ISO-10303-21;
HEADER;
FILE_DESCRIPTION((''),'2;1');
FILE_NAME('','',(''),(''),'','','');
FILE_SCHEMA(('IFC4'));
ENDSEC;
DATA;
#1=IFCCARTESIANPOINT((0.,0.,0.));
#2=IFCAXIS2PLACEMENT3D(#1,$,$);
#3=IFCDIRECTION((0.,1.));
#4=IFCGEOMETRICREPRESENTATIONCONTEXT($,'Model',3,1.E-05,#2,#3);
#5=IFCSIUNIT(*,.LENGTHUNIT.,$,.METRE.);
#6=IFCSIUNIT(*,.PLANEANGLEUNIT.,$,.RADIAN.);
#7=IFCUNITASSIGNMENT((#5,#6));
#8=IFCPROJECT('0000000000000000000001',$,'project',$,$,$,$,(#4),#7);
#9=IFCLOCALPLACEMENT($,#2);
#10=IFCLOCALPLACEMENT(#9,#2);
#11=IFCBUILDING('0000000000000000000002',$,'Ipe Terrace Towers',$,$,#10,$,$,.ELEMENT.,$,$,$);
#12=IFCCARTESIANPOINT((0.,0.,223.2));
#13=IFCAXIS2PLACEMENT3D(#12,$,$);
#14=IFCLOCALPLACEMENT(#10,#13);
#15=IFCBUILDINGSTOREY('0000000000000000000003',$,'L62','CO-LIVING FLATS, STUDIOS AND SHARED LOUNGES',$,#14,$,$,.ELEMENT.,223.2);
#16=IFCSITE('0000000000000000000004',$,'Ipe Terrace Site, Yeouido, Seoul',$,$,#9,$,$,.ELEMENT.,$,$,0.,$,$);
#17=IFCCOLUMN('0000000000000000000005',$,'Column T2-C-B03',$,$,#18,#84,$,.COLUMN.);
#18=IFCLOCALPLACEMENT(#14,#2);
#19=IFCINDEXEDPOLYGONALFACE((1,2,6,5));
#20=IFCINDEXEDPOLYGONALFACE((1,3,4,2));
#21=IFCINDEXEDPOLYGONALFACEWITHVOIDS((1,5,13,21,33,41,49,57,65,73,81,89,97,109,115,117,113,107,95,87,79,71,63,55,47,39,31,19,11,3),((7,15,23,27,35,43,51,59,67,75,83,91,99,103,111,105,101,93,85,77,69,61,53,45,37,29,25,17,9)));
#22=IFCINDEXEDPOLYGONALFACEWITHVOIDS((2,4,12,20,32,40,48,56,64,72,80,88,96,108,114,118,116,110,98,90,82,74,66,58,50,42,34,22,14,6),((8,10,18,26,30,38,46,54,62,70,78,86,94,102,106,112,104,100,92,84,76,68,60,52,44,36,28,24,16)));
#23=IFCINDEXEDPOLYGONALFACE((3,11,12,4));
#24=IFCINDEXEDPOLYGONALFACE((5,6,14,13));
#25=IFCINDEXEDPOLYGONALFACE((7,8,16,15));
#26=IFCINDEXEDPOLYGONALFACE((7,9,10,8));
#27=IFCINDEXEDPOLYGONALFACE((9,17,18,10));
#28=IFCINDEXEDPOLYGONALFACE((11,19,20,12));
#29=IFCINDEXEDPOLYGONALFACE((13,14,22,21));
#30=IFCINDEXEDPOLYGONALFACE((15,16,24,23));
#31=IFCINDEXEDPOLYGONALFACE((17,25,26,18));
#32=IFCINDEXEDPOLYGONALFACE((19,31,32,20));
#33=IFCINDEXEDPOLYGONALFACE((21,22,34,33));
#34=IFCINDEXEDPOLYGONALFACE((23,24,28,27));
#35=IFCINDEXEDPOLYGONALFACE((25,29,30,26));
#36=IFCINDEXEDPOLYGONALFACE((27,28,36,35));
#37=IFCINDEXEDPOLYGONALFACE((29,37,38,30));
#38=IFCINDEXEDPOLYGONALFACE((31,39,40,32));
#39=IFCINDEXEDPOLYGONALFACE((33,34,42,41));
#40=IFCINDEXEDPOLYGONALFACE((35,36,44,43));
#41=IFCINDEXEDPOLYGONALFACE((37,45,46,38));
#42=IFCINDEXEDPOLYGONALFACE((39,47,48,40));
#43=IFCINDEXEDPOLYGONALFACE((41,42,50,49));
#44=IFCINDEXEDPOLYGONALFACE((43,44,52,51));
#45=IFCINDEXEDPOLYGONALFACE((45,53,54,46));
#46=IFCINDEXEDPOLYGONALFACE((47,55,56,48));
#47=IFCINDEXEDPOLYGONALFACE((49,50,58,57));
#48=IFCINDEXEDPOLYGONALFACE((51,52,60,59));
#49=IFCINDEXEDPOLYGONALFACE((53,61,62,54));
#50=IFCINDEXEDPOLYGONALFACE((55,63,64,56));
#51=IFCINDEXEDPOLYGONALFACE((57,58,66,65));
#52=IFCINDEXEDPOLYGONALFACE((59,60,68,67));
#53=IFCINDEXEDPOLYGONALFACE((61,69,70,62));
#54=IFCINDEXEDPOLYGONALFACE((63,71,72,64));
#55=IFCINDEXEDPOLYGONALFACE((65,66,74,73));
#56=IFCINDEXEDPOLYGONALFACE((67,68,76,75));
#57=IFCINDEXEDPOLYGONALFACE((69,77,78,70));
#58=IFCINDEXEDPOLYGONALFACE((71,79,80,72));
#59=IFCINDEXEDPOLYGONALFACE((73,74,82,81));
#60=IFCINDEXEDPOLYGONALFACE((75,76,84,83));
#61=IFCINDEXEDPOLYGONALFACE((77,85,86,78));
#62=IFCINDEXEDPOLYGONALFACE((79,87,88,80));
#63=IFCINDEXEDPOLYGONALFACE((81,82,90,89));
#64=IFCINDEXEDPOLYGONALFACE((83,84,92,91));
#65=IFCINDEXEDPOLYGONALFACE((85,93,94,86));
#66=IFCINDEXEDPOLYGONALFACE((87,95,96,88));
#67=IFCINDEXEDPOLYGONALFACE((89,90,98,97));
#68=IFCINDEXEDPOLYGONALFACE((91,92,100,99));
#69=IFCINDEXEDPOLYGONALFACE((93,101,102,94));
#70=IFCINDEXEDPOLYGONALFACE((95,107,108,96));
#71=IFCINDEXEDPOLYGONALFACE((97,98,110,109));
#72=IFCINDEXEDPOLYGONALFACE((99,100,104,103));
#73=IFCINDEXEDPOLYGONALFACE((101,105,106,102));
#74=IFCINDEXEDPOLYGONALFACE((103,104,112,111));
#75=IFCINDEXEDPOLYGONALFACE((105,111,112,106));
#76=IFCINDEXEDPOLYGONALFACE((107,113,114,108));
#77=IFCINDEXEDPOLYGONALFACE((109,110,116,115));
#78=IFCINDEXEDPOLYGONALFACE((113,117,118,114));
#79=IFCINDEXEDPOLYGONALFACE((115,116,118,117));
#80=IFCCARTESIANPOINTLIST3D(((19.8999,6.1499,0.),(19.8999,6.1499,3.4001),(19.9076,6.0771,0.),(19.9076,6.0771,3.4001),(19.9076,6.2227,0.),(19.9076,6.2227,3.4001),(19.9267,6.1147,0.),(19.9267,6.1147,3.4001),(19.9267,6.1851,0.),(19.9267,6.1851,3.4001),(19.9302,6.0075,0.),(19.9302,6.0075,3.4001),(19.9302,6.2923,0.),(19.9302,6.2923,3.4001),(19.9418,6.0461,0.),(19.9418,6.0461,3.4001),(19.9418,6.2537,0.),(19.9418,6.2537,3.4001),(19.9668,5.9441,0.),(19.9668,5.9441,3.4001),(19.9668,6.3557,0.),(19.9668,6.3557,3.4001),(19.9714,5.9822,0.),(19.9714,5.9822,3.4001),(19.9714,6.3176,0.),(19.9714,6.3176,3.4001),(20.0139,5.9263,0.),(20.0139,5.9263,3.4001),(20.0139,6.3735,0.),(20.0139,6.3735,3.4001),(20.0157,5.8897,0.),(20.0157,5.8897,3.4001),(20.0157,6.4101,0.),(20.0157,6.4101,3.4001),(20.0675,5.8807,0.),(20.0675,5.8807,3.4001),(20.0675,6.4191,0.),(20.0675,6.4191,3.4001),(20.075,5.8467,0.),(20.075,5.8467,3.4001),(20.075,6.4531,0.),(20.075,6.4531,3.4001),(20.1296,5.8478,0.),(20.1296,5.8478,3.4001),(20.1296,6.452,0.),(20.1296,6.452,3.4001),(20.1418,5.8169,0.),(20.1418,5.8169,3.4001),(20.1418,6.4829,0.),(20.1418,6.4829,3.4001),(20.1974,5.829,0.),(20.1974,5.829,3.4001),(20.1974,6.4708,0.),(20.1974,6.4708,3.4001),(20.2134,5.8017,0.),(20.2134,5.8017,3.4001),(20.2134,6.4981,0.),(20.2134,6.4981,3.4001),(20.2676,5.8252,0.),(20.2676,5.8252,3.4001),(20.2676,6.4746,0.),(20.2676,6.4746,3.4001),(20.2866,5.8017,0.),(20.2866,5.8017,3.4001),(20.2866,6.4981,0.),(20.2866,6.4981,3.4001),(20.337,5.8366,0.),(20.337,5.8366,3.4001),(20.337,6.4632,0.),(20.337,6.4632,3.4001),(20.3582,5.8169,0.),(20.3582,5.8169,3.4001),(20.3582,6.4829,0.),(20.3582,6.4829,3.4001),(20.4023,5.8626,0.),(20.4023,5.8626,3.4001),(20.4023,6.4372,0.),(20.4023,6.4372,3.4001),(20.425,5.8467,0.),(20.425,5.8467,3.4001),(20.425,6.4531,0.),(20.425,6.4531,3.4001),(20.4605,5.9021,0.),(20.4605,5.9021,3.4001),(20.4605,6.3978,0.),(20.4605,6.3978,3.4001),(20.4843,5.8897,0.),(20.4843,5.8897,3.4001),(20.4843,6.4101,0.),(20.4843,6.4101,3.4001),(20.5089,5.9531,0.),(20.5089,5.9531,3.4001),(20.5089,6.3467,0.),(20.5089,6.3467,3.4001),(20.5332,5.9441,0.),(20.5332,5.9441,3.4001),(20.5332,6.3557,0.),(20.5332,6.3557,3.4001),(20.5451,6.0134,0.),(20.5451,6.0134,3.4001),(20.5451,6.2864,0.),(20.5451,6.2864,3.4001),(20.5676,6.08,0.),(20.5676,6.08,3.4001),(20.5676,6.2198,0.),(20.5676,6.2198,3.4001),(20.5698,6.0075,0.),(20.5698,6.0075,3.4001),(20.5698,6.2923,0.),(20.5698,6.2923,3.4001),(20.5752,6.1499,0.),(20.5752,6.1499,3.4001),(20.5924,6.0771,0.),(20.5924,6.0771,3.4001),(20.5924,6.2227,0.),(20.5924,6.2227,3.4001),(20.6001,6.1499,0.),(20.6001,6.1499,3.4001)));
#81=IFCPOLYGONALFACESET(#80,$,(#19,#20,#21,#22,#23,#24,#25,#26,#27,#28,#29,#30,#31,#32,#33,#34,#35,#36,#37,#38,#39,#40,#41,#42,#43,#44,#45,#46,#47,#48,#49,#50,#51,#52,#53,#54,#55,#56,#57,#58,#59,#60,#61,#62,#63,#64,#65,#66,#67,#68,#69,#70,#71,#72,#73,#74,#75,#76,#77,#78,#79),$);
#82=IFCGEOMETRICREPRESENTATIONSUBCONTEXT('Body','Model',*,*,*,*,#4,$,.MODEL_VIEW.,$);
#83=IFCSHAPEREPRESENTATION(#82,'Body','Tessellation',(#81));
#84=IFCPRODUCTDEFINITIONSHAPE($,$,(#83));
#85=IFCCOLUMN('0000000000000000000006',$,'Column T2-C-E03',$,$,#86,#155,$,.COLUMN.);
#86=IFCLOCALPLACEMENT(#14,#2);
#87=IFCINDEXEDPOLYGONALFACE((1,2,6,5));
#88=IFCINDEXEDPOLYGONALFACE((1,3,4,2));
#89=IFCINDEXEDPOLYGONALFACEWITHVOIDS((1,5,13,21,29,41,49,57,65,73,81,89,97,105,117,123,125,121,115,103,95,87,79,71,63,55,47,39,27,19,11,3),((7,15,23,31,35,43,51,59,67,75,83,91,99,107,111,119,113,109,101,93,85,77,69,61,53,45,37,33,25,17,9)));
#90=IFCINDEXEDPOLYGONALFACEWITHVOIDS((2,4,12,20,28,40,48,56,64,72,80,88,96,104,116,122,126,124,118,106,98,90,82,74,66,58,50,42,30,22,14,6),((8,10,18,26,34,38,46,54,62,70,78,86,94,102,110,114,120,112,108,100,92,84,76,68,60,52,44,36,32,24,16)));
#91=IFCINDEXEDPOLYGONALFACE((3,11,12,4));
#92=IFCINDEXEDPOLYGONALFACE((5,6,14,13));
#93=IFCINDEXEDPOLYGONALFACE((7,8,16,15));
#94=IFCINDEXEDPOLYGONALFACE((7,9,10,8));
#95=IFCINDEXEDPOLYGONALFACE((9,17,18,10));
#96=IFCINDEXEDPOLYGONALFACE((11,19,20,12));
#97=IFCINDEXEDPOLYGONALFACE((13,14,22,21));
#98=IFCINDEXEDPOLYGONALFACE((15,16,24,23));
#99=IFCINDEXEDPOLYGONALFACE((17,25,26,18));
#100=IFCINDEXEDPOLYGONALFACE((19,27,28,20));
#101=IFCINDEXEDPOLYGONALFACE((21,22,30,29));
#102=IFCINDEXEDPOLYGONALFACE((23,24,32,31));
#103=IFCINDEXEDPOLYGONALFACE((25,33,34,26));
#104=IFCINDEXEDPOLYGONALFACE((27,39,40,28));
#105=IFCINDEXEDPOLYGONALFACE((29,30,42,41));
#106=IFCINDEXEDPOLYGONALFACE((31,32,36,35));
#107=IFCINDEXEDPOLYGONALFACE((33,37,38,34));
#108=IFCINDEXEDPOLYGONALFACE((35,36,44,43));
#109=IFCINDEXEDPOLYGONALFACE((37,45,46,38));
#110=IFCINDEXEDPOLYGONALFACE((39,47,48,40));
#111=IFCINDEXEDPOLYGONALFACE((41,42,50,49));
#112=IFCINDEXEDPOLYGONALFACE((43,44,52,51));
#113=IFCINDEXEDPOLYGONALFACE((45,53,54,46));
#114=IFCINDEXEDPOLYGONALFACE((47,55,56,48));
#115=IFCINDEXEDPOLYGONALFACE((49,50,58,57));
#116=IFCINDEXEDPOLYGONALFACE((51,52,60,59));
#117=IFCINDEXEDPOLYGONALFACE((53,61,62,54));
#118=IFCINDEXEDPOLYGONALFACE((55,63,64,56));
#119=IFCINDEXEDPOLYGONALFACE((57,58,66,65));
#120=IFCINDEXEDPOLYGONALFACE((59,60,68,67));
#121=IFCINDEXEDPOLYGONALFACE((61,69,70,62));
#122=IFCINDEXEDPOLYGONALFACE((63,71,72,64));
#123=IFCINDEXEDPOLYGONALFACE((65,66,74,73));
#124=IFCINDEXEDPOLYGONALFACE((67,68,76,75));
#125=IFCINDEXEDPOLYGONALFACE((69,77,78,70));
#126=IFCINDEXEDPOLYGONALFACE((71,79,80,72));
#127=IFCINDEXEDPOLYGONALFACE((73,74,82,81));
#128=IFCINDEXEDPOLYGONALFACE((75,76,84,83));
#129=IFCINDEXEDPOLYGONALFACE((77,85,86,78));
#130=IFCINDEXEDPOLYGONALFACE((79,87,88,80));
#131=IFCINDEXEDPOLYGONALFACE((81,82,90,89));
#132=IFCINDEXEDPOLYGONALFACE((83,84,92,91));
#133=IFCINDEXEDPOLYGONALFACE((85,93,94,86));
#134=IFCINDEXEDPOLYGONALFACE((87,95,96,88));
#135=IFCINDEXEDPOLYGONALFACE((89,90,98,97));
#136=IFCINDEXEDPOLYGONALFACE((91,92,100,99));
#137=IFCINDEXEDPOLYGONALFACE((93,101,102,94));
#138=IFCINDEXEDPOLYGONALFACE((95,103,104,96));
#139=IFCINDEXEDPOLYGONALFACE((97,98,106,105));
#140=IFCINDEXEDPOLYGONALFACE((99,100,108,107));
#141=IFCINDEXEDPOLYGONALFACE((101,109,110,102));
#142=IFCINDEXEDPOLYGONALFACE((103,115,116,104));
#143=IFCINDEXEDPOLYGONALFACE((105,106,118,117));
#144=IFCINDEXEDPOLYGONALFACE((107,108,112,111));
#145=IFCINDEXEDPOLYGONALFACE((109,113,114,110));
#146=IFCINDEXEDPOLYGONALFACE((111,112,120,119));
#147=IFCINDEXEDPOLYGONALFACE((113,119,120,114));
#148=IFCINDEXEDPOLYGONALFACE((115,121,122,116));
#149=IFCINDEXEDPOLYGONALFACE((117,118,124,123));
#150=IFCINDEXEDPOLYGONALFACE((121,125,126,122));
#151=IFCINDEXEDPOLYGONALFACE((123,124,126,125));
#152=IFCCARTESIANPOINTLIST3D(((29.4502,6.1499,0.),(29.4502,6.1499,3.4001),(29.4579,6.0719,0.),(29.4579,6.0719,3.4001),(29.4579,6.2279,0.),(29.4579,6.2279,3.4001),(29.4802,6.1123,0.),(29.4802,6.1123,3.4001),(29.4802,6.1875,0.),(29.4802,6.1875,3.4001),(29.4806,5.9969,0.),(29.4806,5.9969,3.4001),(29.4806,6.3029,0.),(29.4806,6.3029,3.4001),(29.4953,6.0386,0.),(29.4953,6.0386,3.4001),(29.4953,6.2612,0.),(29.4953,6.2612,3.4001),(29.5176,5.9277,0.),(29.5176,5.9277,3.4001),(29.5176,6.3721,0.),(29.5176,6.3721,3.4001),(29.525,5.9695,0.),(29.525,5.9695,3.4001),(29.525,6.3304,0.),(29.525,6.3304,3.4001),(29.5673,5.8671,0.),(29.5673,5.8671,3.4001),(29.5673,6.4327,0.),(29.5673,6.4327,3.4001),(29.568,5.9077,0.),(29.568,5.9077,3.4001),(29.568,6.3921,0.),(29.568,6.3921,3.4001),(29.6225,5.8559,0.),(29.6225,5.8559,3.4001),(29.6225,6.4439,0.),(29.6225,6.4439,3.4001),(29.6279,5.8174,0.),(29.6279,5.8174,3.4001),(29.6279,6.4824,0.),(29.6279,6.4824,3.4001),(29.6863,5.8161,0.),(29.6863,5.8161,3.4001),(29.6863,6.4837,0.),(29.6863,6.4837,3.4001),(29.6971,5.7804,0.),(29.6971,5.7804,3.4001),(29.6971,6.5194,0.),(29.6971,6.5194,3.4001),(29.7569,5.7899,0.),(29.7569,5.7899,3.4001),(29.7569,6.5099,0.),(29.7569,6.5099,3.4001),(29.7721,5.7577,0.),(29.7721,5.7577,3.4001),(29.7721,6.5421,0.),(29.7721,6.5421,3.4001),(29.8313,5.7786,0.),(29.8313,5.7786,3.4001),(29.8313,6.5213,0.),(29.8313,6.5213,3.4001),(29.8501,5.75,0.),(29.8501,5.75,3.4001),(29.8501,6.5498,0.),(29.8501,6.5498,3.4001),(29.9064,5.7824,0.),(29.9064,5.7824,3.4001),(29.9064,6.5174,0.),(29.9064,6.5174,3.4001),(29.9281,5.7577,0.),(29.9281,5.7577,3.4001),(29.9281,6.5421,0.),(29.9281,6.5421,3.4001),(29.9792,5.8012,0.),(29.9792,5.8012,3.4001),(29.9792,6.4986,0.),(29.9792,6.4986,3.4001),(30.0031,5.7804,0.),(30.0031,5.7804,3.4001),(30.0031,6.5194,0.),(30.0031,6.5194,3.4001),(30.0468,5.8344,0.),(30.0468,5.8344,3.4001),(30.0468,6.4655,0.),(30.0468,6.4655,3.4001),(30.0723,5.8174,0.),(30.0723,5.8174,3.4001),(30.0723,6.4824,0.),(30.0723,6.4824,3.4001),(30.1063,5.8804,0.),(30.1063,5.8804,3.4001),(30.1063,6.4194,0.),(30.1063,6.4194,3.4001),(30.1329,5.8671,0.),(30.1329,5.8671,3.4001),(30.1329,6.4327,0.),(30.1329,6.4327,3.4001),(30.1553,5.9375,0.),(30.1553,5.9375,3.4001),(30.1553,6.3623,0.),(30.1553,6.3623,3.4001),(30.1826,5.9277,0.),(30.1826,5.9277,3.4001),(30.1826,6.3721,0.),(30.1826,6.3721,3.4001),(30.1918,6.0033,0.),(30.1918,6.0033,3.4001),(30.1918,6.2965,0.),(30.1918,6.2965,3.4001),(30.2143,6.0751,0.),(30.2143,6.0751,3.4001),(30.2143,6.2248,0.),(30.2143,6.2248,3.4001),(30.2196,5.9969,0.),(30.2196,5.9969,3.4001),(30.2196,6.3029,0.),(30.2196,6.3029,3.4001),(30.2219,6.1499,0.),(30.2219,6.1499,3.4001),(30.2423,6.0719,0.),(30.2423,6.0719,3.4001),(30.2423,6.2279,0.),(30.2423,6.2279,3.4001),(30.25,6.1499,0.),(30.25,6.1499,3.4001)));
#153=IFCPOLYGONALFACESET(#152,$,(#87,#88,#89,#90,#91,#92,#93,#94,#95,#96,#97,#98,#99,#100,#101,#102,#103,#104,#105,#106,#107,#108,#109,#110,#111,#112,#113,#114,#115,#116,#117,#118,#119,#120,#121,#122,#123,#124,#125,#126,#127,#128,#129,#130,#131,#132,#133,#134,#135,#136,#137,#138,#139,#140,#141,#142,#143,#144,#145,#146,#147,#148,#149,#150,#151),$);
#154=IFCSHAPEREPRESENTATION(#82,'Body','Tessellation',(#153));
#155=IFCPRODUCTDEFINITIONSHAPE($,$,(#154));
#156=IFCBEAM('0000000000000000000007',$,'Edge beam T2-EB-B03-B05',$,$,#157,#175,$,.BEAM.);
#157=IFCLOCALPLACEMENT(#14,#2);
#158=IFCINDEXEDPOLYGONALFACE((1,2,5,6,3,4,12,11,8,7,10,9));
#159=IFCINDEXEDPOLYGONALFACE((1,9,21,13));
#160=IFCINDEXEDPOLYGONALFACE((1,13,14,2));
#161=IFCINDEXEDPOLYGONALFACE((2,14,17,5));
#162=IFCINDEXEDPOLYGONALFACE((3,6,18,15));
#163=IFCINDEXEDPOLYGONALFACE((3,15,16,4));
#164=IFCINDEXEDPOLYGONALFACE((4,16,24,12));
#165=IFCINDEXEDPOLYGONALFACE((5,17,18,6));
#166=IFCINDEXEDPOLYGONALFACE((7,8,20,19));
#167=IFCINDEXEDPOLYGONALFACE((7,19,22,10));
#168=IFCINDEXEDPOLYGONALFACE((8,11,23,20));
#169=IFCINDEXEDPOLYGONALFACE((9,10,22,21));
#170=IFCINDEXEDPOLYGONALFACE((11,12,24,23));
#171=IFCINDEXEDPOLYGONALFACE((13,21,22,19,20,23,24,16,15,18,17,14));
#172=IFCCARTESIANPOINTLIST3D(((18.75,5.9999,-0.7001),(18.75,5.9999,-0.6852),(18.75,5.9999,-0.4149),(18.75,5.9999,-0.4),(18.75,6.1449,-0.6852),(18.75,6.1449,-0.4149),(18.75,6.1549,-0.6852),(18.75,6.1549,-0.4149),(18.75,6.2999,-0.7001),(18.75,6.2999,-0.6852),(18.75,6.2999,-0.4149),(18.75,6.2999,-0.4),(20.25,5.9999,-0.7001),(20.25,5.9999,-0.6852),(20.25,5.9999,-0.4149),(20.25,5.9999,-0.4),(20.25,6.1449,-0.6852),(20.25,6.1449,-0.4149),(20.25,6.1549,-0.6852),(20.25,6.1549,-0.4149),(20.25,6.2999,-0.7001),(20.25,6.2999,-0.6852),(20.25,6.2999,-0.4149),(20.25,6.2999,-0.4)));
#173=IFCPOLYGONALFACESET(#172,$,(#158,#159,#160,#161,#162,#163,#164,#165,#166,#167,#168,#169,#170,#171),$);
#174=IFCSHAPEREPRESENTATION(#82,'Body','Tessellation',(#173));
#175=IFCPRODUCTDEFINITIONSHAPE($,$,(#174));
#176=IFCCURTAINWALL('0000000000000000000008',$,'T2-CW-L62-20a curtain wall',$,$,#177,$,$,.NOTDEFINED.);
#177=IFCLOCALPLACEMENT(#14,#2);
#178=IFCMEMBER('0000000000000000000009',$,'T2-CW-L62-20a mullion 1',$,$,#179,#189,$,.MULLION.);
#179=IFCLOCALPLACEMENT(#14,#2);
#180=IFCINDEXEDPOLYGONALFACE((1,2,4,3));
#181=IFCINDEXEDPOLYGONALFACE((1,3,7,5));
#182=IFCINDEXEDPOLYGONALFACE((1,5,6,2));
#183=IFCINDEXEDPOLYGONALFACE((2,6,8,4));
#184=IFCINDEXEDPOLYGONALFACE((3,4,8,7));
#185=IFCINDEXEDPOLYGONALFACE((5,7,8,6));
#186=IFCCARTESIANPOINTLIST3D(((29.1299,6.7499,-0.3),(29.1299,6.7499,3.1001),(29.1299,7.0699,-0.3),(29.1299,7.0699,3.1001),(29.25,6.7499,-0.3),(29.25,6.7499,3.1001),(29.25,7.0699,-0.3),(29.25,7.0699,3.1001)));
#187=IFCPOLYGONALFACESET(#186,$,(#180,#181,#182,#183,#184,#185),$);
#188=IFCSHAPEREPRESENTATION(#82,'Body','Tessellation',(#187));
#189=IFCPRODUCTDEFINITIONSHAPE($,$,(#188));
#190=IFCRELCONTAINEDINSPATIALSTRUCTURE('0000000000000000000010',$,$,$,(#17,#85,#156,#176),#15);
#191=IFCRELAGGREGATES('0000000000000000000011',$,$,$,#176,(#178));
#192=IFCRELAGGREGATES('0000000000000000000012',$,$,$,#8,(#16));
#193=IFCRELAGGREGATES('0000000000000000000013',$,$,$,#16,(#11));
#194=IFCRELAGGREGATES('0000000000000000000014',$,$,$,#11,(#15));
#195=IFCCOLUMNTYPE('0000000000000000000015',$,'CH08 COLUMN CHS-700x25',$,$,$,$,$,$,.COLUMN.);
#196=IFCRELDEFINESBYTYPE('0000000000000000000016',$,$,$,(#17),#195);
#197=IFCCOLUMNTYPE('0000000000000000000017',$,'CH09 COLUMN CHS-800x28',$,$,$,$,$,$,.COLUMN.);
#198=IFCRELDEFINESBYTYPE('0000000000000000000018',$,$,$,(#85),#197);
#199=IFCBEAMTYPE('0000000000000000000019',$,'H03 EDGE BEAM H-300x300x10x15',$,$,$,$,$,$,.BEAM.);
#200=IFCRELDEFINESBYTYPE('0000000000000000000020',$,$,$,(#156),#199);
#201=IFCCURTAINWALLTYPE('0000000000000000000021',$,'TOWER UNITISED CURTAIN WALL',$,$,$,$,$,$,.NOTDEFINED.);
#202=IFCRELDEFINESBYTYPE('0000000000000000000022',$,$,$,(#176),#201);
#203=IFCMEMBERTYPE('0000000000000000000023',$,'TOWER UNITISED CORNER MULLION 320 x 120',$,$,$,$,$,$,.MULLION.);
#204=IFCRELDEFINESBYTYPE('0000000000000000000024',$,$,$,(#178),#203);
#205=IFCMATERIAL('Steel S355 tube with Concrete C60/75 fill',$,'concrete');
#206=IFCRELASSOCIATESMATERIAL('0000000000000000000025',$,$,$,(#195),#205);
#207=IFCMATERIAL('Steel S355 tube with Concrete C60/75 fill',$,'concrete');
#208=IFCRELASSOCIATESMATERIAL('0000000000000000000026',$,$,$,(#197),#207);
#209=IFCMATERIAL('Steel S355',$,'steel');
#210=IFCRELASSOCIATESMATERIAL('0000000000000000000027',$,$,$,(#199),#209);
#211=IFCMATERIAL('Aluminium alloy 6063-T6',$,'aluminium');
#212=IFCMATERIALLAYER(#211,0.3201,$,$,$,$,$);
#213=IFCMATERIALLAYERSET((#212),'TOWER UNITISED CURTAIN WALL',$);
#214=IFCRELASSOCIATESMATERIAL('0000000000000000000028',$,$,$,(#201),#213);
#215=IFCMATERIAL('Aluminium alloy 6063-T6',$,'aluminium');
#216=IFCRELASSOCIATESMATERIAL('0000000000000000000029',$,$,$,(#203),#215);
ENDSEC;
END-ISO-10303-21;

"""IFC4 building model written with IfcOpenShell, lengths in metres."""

from ifc_helpers import new_model, si_unit, direction, frame, origin, origin_2d, place, context, subcontext, project, spatial, rectangle, hollow_circle, i_section, extrude, material, layer, layer_set, material_profile, profile_set, type_object, element, aggregate, save


model = new_model("IFC4")

# Units and contexts
model_context = context("Model", 3, precision=1e-05, world=origin(), true_north=direction((0.0, 1.0)))
body_context = subcontext(model_context, "Body", "Model", "MODEL_VIEW")
ifc_project = project(units=[si_unit("LENGTHUNIT", "METRE"), si_unit("PLANEANGLEUNIT", "RADIAN")], contexts=[model_context])

# Site, building, storey
site_placement = place(None, origin())
site = spatial("IfcSite", under=ifc_project, at=site_placement, Name="Ipe Terrace Site, Yeouido, Seoul", CompositionType="ELEMENT", RefElevation=0.0)
building_placement = place(site_placement, origin())
building = spatial("IfcBuilding", under=site, at=building_placement, Name="Ipe Terrace Towers", CompositionType="ELEMENT")
storey_placement = place(building_placement, frame((0.0, 0.0, 223.2)))
storey = spatial("IfcBuildingStorey", under=building, at=storey_placement, Name="L62", Description="CO-LIVING FLATS, STUDIOS AND SHARED LOUNGES", CompositionType="ELEMENT", Elevation=223.2)

# Columns
ifc_material_1 = material(Name="Steel S355 tube with Concrete C60/75 fill", Category="concrete")
ifc_material_profile_1 = material_profile(ifc_material_1, hollow_circle(Radius=0.3501, WallThickness=0.0249, at=origin_2d()), Name="CHS-700x25")
ifc_profile_set_1 = profile_set([ifc_material_profile_1], Name="Steel S355 tube with Concrete C60/75 fill")
column_type_1 = type_object("IfcColumnType", Name="CH08 COLUMN CHS-700x25", PredefinedType="COLUMN", material=ifc_profile_set_1)
column_1_placement = place(storey_placement, frame((20.25, 6.1499, 0.0), z_axis=(0.0, 0.0, 1.0), x_axis=(1.0, 0.0, 0.0)))
element("IfcColumn", 1, at=column_1_placement, inside=storey, type_object=column_type_1, Name="Column T2-C-B03", PredefinedType="COLUMN", context=body_context, shape_type="SweptSolid", body=[
    extrude(hollow_circle(Radius=0.3501, WallThickness=0.0249, at=origin_2d()), origin(), (0.0, 0.0, 1.0), 3.4001),
])
ifc_material_2 = material(Name="Steel S355 tube with Concrete C60/75 fill", Category="concrete")
ifc_material_profile_2 = material_profile(ifc_material_2, hollow_circle(Radius=0.3999, WallThickness=0.0281, at=origin_2d()), Name="CHS-800x28")
ifc_profile_set_2 = profile_set([ifc_material_profile_2], Name="Steel S355 tube with Concrete C60/75 fill")
column_type_2 = type_object("IfcColumnType", Name="CH09 COLUMN CHS-800x28", PredefinedType="COLUMN", material=ifc_profile_set_2)
column_2_placement = place(storey_placement, frame((29.8501, 6.1499, 0.0), z_axis=(0.0, 0.0, 1.0), x_axis=(1.0, 0.0, 0.0)))
element("IfcColumn", 2, at=column_2_placement, inside=storey, type_object=column_type_2, Name="Column T2-C-E03", PredefinedType="COLUMN", context=body_context, shape_type="SweptSolid", body=[
    extrude(hollow_circle(Radius=0.3999, WallThickness=0.0281, at=origin_2d()), origin(), (0.0, 0.0, 1.0), 3.4001),
])

# Beam
ifc_material_3 = material(Name="Steel S355", Category="steel")
ifc_material_profile_3 = material_profile(ifc_material_3, i_section(OverallWidth=0.3, OverallDepth=0.3, WebThickness=0.01, FlangeThickness=0.0149, at=origin_2d()), Name="H-300x300x10x15")
ifc_profile_set_3 = profile_set([ifc_material_profile_3], Name="Steel S355")
beam_type = type_object("IfcBeamType", Name="H03 EDGE BEAM H-300x300x10x15", PredefinedType="BEAM", material=ifc_profile_set_3)
beam_placement = place(storey_placement, frame((20.25, 6.1499, -0.55), z_axis=(-1.0, 0.0, 0.0), x_axis=(0.0, -1.0, 0.0)))
element("IfcBeam", 3, at=beam_placement, inside=storey, type_object=beam_type, Name="Edge beam T2-EB-B03-B05", PredefinedType="BEAM", context=body_context, shape_type="SweptSolid", body=[
    extrude(i_section(OverallWidth=0.3, OverallDepth=0.3, WebThickness=0.01, FlangeThickness=0.0149, at=origin_2d()), origin(), (0.0, 0.0, 1.0), 1.5),
])

# Curtain wall, member
ifc_material_4 = material(Name="Aluminium alloy 6063-T6", Category="aluminium")
ifc_layer_1 = layer(ifc_material_4, 0.3201)
ifc_layer_set_1 = layer_set([ifc_layer_1], Name="TOWER UNITISED CURTAIN WALL")
curtain_wall_type = type_object("IfcCurtainWallType", Name="TOWER UNITISED CURTAIN WALL", PredefinedType="NOTDEFINED", material=ifc_layer_set_1)
curtain_wall_1_placement = place(storey_placement, origin())
curtain_wall_1 = element("IfcCurtainWall", 4, at=curtain_wall_1_placement, inside=storey, type_object=curtain_wall_type, Name="T2-CW-L62-20a curtain wall", PredefinedType="NOTDEFINED")
ifc_material_5 = material(Name="Aluminium alloy 6063-T6", Category="aluminium")
ifc_material_profile_4 = material_profile(ifc_material_5, rectangle(XDim=0.3201, YDim=0.1201, at=origin_2d()), Name="TOWER UNITISED CORNER MULLION 320 x 120")
ifc_profile_set_4 = profile_set([ifc_material_profile_4], Name="Aluminium alloy 6063-T6")
member_type = type_object("IfcMemberType", Name="TOWER UNITISED CORNER MULLION 320 x 120", PredefinedType="MULLION", material=ifc_profile_set_4)
member_1_placement = place(storey_placement, frame((29.1899, 6.9099, -0.3), z_axis=(0.0, 0.0, 1.0), x_axis=(0.0, 1.0, 0.0)))
member_1 = element("IfcMember", 5, at=member_1_placement, type_object=member_type, Name="T2-CW-L62-20a mullion 1", PredefinedType="MULLION", context=body_context, shape_type="SweptSolid", body=[
    extrude(rectangle(XDim=0.3201, YDim=0.1201, at=origin_2d()), origin(), (0.0, 0.0, 1.0), 3.4001),
])

aggregate(curtain_wall_1, [member_1])

save(model, "model.ifc")
